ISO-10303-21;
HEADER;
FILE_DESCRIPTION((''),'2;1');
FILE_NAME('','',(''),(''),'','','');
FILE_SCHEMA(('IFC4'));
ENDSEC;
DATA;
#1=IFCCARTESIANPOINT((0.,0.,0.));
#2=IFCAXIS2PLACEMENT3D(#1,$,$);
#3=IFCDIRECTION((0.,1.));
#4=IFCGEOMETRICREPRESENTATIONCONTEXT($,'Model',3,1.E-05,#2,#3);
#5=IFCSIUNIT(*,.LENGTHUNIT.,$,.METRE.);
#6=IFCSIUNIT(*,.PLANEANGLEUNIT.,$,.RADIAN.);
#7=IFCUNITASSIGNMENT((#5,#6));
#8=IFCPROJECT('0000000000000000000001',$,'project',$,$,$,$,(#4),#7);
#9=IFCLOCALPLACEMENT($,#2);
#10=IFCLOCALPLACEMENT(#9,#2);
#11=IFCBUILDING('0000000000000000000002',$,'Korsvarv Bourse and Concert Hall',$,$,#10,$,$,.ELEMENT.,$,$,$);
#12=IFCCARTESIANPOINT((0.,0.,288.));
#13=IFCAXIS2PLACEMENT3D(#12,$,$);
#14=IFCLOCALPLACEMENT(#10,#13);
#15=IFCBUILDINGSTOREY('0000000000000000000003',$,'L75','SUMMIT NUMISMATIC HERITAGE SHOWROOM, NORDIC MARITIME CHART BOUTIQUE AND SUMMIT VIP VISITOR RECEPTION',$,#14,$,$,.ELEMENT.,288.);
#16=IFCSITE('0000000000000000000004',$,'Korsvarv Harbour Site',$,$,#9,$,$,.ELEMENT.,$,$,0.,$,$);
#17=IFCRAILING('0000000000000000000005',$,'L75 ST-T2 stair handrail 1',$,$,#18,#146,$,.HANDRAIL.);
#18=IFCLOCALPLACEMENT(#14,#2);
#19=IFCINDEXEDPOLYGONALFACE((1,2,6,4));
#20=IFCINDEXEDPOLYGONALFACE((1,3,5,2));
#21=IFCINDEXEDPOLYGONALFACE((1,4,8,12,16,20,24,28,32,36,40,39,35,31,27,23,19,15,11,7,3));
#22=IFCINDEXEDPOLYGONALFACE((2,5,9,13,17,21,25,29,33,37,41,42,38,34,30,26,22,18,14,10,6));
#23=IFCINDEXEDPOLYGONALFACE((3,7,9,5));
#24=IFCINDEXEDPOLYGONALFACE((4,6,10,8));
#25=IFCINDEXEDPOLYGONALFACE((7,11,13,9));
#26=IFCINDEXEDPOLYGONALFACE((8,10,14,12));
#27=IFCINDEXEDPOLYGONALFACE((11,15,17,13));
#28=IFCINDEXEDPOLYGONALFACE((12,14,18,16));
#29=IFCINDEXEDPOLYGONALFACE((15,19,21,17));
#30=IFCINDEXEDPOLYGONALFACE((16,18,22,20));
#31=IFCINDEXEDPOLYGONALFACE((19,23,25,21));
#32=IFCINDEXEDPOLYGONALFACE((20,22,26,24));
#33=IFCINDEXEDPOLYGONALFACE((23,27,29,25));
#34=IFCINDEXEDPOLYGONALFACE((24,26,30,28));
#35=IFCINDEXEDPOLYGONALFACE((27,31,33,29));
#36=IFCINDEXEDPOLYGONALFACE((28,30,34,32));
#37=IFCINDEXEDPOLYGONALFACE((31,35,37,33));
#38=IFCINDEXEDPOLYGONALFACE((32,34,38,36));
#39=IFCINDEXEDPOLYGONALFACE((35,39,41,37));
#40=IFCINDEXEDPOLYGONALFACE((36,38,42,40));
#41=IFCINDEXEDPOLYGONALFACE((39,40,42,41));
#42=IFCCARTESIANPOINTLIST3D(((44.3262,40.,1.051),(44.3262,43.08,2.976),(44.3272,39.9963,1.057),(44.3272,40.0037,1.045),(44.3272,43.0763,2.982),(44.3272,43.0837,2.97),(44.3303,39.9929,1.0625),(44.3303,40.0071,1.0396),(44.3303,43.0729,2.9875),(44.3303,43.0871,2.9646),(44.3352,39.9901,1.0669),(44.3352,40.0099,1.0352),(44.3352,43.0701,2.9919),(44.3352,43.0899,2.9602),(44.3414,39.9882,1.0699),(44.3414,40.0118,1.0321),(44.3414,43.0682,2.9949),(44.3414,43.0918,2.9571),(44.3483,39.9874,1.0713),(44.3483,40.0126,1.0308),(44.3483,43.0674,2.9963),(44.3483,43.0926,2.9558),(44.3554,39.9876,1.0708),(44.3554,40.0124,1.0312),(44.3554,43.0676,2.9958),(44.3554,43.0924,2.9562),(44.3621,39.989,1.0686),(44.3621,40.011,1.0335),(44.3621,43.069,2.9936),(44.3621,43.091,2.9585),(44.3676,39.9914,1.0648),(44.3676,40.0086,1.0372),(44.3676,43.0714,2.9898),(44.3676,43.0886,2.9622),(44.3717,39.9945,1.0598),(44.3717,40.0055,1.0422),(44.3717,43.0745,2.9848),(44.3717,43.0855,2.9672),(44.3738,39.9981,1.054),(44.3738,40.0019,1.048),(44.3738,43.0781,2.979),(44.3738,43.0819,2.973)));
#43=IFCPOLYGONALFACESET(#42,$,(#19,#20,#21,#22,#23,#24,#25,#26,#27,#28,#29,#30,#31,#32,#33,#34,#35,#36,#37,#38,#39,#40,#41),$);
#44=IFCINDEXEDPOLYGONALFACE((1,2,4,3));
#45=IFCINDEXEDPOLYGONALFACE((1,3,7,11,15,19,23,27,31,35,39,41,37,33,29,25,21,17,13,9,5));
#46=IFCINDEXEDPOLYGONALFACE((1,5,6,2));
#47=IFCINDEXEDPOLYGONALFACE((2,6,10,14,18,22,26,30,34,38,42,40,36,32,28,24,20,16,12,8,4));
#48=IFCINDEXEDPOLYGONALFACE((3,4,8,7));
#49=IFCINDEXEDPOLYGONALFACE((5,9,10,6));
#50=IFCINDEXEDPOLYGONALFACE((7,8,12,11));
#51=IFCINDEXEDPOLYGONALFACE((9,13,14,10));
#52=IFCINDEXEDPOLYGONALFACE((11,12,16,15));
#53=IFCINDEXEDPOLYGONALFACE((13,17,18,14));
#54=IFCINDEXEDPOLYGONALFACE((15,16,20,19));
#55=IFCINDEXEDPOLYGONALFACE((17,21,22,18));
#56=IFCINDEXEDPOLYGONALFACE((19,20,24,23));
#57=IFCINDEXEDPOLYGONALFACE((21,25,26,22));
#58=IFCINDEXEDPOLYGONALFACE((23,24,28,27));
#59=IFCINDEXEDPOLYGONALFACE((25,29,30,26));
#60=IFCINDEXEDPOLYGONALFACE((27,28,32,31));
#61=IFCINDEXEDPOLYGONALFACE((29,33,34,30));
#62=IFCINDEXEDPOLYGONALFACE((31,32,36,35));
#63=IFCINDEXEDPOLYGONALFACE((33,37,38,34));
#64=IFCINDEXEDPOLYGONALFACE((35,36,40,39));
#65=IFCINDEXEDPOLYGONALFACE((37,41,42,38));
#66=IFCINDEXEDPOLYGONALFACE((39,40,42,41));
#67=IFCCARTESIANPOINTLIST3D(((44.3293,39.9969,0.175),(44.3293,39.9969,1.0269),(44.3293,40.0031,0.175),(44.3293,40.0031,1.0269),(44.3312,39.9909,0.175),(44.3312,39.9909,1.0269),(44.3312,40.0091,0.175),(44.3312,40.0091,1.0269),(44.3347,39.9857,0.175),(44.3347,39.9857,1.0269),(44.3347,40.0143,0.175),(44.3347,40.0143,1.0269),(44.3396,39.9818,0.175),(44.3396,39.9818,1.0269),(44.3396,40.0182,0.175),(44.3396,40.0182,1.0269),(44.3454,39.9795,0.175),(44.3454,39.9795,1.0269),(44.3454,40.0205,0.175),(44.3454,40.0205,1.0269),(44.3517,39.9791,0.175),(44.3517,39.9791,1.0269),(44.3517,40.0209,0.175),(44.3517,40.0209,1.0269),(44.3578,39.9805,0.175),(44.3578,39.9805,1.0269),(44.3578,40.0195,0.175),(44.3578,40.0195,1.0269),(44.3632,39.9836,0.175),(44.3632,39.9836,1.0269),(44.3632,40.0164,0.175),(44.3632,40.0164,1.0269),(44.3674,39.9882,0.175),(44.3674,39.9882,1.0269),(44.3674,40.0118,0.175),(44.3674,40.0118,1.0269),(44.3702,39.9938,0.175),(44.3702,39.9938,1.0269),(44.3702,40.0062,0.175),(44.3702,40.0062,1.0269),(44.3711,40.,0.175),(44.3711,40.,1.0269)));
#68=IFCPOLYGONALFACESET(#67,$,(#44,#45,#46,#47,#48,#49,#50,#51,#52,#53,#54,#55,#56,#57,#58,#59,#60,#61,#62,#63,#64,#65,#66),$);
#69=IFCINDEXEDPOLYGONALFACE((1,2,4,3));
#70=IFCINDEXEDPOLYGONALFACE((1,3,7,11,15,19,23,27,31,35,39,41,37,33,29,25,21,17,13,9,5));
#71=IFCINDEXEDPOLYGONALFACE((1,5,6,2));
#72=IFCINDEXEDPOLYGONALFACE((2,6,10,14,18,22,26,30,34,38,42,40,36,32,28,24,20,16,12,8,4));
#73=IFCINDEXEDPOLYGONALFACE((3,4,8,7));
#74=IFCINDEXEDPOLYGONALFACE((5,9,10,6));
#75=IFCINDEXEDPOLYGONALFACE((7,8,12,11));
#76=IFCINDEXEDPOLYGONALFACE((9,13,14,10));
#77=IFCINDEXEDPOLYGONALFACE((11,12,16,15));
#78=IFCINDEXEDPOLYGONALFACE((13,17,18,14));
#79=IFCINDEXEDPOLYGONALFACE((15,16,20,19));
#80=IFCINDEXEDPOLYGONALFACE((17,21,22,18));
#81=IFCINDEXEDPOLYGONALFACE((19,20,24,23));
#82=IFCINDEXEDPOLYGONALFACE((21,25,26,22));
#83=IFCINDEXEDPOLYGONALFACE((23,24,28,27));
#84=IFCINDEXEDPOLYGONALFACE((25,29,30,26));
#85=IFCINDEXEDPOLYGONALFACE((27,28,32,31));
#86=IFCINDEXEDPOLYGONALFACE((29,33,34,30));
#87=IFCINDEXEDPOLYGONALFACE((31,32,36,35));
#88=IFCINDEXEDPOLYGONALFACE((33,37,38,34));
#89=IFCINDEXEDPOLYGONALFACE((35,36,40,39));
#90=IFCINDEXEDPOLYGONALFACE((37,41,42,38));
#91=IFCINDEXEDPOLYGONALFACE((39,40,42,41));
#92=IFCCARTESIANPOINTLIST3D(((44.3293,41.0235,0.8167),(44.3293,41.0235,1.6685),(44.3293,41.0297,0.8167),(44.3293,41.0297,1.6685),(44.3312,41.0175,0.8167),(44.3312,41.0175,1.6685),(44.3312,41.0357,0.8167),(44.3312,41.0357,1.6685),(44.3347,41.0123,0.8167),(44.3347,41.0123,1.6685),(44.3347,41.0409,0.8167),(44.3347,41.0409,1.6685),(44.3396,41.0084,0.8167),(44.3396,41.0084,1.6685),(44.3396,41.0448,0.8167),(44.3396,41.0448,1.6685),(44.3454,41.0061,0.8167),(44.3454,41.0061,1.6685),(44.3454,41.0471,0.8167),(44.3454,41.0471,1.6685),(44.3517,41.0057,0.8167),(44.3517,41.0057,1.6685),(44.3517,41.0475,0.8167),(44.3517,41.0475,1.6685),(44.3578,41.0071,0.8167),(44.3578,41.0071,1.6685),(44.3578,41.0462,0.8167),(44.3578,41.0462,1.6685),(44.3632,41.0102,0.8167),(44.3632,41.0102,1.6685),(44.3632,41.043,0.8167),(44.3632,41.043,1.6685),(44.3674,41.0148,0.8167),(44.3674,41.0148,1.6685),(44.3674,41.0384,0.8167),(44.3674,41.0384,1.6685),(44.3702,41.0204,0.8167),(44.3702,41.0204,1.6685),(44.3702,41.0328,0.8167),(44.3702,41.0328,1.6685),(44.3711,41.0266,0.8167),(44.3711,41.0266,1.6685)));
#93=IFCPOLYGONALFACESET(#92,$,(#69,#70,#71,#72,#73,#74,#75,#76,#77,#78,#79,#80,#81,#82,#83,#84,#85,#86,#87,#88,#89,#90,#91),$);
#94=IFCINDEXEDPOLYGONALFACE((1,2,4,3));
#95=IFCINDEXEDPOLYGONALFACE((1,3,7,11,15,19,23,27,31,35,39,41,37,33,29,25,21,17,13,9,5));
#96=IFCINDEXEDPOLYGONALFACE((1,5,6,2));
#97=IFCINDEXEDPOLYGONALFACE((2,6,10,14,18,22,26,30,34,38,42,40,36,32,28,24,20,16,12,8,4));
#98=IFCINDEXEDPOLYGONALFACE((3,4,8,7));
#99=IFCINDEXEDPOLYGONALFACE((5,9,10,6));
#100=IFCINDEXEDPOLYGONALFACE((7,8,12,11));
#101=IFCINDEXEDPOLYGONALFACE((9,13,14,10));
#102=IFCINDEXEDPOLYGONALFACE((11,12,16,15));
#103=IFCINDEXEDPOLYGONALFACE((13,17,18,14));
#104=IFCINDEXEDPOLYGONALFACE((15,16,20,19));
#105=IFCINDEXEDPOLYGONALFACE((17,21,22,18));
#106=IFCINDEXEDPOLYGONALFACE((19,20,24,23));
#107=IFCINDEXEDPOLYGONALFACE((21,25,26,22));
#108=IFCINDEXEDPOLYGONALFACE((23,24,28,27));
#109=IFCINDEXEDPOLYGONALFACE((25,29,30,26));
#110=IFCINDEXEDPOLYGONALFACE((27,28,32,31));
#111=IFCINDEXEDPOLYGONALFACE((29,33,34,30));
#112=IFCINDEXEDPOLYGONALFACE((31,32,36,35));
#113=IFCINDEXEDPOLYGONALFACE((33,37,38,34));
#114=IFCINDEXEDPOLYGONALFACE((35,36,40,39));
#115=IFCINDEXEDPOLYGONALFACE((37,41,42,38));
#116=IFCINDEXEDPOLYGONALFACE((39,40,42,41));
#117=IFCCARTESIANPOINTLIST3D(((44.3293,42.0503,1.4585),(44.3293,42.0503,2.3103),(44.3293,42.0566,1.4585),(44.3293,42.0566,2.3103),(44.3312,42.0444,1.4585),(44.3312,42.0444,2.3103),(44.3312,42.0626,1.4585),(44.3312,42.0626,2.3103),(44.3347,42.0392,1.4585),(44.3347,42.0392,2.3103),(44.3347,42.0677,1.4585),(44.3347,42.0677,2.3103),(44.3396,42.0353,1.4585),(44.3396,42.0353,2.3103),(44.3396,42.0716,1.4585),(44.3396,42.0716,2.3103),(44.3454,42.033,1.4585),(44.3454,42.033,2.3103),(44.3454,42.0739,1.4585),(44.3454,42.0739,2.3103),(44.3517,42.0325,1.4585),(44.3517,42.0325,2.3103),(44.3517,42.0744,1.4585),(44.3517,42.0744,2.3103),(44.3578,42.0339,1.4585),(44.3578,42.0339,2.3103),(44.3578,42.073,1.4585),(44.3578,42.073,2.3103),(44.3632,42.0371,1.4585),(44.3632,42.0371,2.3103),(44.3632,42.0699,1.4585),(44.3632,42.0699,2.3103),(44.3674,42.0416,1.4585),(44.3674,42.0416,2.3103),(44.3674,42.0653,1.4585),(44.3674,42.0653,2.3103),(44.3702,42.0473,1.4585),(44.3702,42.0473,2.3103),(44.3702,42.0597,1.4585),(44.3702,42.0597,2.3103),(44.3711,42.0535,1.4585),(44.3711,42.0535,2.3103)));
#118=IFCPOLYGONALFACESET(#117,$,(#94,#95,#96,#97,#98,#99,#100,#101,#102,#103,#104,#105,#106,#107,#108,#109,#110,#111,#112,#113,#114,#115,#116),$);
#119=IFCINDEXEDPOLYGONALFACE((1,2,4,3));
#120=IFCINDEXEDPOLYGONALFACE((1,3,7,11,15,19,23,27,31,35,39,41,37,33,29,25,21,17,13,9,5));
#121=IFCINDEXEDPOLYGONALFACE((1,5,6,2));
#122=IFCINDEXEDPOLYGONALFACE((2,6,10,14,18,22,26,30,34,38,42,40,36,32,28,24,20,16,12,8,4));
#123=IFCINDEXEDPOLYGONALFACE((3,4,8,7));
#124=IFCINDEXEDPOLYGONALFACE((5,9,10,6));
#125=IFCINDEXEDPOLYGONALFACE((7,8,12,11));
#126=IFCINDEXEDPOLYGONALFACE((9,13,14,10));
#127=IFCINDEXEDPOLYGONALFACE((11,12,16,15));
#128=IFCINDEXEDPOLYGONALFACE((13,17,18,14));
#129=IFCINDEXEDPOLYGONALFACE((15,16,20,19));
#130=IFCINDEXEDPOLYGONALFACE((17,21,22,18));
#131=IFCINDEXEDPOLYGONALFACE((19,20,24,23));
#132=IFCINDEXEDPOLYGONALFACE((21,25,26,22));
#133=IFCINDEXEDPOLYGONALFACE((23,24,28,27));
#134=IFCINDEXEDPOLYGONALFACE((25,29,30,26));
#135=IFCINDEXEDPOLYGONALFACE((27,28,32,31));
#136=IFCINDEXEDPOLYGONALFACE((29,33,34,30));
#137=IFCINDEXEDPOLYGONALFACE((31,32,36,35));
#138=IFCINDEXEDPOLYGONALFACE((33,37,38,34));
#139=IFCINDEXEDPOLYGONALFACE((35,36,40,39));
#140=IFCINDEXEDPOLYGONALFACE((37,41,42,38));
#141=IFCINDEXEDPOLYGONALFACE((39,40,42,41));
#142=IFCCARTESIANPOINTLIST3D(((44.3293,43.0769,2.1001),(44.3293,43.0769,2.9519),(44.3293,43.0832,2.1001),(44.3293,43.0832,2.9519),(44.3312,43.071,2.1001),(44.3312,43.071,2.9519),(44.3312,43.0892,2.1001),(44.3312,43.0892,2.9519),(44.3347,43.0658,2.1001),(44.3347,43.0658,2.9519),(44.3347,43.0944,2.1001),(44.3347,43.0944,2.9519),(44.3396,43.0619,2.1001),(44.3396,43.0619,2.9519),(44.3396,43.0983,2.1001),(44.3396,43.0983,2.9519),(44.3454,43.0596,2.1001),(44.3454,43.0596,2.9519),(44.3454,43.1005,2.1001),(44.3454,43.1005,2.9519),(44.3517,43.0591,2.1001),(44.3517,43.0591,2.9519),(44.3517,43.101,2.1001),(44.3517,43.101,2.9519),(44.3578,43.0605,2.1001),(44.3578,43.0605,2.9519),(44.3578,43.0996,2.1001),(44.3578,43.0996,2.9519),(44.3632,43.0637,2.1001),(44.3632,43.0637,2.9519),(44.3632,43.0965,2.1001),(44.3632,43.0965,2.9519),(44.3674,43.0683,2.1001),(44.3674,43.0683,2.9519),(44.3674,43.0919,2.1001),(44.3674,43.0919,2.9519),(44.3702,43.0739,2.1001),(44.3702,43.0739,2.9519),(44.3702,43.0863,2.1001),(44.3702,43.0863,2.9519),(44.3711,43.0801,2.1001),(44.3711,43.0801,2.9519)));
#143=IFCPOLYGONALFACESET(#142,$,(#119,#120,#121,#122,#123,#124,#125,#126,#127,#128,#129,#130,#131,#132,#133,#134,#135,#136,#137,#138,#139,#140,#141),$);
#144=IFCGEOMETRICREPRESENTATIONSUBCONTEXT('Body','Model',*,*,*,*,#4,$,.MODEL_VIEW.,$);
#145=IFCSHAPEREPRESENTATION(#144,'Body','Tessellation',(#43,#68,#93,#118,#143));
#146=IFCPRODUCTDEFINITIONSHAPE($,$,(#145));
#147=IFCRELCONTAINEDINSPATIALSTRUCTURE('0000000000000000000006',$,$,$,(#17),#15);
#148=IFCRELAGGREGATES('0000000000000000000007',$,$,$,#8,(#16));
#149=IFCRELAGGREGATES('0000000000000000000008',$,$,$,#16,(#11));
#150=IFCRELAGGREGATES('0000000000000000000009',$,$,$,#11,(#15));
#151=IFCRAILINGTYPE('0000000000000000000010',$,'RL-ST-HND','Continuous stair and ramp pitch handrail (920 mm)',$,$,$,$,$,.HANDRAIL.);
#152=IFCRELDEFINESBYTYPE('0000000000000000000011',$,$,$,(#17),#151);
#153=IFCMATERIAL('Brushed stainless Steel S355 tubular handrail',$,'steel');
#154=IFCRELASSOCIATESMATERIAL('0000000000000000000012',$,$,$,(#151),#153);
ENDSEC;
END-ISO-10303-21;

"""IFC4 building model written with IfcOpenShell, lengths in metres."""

from ifc_helpers import new_model, si_unit, direction, frame, origin, origin_2d, place, context, subcontext, project, spatial, circle, extrude, material, type_object, element, save


model = new_model("IFC4")

# Units and contexts
model_context = context("Model", 3, precision=1e-05, world=origin(), true_north=direction((0.0, 1.0)))
body_context = subcontext(model_context, "Body", "Model", "MODEL_VIEW")
ifc_project = project(units=[si_unit("LENGTHUNIT", "METRE"), si_unit("PLANEANGLEUNIT", "RADIAN")], contexts=[model_context])

# Site, building, storey
site_placement = place(None, origin())
site = spatial("IfcSite", under=ifc_project, at=site_placement, Name="Korsvarv Harbour Site", CompositionType="ELEMENT", RefElevation=0.0)
building_placement = place(site_placement, origin())
building = spatial("IfcBuilding", under=site, at=building_placement, Name="Korsvarv Bourse and Concert Hall", CompositionType="ELEMENT")
storey_placement = place(building_placement, frame((0.0, 0.0, 288.0)))
storey = spatial("IfcBuildingStorey", under=building, at=storey_placement, Name="L75", Description="SUMMIT NUMISMATIC HERITAGE SHOWROOM, NORDIC MARITIME CHART BOUTIQUE AND SUMMIT VIP VISITOR RECEPTION", CompositionType="ELEMENT", Elevation=288.0)

# Railing
ifc_material_1 = material(Name="Brushed stainless Steel S355 tubular handrail", Category="steel")
railing_type_1 = type_object("IfcRailingType", Name="RL-ST-HND", Description="Continuous stair and ramp pitch handrail (920 mm)", PredefinedType="HANDRAIL", material=ifc_material_1)
railing_1_placement = place(storey_placement, frame((44.3501, 40.0, 0.175)))
element("IfcRailing", 1, at=railing_1_placement, inside=storey, type_object=railing_type_1, Name="L75 ST-T2 stair handrail 1", PredefinedType="HANDRAIL", context=body_context, shape_type="SweptSolid", body=[
    extrude(circle(Radius=0.0239, at=origin_2d()), frame((0.0, 0.0, 0.876), z_axis=(0.0, 0.847998, 0.529999), x_axis=(-1.0, 0.0, 0.0)), (0.0, 0.0, 1.0), 3.6321),
    extrude(circle(Radius=0.021, at=origin_2d()), origin(), (0.0, 0.0, 1.0), 0.8518),
    extrude(circle(Radius=0.021, at=origin_2d()), frame((0.0, 1.0266, 0.6416)), (0.0, 0.0, 1.0), 0.8518),
    extrude(circle(Radius=0.021, at=origin_2d()), frame((0.0, 2.0535, 1.2834)), (0.0, 0.0, 1.0), 0.8518),
    extrude(circle(Radius=0.021, at=origin_2d()), frame((0.0, 3.0801, 1.925)), (0.0, 0.0, 1.0), 0.8518),
])

save(model, "model.ifc")
